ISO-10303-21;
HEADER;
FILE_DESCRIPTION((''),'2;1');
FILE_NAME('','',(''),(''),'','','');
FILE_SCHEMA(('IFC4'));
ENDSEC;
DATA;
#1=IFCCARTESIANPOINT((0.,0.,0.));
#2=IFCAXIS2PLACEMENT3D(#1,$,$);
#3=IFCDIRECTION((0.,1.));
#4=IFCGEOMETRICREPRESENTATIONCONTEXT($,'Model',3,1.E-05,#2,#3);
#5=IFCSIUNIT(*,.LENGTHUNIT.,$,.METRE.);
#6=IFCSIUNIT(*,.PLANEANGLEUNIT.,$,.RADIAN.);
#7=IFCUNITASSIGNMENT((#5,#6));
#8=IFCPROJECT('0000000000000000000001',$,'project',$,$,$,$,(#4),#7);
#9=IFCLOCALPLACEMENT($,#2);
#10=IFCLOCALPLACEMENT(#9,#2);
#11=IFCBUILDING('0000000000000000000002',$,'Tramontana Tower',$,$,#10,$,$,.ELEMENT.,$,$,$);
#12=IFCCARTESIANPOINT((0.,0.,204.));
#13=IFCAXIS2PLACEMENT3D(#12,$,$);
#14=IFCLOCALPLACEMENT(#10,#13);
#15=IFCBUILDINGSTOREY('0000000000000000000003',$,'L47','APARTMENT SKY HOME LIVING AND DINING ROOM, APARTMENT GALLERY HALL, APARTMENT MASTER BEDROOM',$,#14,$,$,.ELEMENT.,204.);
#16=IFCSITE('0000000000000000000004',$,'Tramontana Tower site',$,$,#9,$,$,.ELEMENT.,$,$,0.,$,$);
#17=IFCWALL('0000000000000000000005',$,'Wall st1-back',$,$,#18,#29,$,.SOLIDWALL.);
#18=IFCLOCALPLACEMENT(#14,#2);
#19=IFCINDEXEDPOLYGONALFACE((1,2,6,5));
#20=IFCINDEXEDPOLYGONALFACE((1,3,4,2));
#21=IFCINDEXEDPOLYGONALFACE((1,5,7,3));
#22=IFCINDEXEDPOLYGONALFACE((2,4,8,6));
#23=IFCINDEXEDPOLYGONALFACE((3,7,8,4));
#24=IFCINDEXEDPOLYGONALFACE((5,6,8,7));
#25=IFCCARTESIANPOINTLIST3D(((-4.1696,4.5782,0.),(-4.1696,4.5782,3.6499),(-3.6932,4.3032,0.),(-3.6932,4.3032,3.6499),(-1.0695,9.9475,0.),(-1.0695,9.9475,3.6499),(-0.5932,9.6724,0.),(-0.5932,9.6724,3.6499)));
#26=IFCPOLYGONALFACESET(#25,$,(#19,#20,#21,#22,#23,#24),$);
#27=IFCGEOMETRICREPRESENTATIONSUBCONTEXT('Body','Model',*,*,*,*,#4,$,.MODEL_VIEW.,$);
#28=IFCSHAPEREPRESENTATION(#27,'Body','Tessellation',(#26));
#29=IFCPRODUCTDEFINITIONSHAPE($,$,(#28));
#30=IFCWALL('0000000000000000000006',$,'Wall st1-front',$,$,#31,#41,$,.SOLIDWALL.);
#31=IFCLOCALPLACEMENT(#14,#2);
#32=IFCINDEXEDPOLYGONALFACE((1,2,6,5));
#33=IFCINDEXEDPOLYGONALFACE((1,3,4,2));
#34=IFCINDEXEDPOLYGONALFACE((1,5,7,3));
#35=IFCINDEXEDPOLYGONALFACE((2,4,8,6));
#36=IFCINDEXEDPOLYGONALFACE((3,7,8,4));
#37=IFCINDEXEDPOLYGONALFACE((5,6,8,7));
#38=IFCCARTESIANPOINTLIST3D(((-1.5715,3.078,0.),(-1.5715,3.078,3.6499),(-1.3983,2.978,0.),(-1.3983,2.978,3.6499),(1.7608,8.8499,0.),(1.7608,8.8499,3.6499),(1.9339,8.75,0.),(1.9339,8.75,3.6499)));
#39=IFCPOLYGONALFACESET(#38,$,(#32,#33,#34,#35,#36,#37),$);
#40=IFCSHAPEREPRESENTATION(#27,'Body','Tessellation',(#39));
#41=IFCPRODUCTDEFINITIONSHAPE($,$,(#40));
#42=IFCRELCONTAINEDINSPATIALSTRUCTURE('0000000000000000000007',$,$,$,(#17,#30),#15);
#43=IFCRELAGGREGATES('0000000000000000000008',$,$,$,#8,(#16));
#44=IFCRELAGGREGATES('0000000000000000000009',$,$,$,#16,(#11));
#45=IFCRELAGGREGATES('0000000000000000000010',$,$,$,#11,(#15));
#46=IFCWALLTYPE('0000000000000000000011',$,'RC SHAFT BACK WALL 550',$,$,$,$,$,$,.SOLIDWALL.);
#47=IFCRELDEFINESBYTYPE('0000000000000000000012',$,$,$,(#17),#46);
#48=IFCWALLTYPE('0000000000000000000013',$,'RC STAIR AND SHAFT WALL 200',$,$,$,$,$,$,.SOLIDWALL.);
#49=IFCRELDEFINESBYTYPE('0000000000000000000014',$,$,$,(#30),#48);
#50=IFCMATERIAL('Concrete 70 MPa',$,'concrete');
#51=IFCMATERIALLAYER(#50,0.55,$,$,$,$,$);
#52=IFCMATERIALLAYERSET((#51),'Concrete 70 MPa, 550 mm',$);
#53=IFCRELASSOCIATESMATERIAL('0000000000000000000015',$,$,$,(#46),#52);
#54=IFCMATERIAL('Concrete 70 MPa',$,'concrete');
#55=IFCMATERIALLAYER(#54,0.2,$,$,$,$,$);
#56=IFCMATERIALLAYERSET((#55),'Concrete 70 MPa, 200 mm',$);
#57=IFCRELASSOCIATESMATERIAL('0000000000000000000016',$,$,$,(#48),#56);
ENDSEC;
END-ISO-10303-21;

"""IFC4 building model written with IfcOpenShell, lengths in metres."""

from ifc_helpers import new_model, si_unit, direction, frame, frame_2d, origin, place, context, subcontext, project, spatial, rectangle, extrude, material, layer, layer_set, type_object, element, save


model = new_model("IFC4")

# Units and contexts
model_context = context("Model", 3, precision=1e-05, world=origin(), true_north=direction((0.0, 1.0)))
body_context = subcontext(model_context, "Body", "Model", "MODEL_VIEW")
ifc_project = project(units=[si_unit("LENGTHUNIT", "METRE"), si_unit("PLANEANGLEUNIT", "RADIAN")], contexts=[model_context])

# Site, building, storey
site_placement = place(None, origin())
site = spatial("IfcSite", under=ifc_project, at=site_placement, Name="Tramontana Tower site", CompositionType="ELEMENT", RefElevation=0.0)
building_placement = place(site_placement, origin())
building = spatial("IfcBuilding", under=site, at=building_placement, Name="Tramontana Tower", CompositionType="ELEMENT")
storey_placement = place(building_placement, frame((0.0, 0.0, 204.0)))
storey = spatial("IfcBuildingStorey", under=building, at=storey_placement, Name="L47", Description="APARTMENT SKY HOME LIVING AND DINING ROOM, APARTMENT GALLERY HALL, APARTMENT MASTER BEDROOM", CompositionType="ELEMENT", Elevation=204.0)

# Walls
ifc_material_1 = material(Name="Concrete 70 MPa", Category="concrete")
ifc_layer_1 = layer(ifc_material_1, 0.55)
ifc_layer_set_1 = layer_set([ifc_layer_1], Name="Concrete 70 MPa, 550 mm")
wall_type_1 = type_object("IfcWallType", Name="RC SHAFT BACK WALL 550", PredefinedType="SOLIDWALL", material=ifc_layer_set_1)
wall_1_placement = place(storey_placement, frame((-0.8313, 9.8101, 0.0), z_axis=(0.0, 0.0, 1.0), x_axis=(-0.50001, -0.86602, 0.0)))
element("IfcWall", 1, at=wall_1_placement, inside=storey, type_object=wall_type_1, Name="Wall st1-back", PredefinedType="SOLIDWALL", context=body_context, shape_type="SweptSolid", body=[
    extrude(rectangle(XDim=6.2, YDim=0.55, at=frame_2d((3.1001, 0.0))), origin(), (0.0, 0.0, 1.0), 3.6499),
])
ifc_material_2 = material(Name="Concrete 70 MPa", Category="concrete")
ifc_layer_2 = layer(ifc_material_2, 0.2)
ifc_layer_set_2 = layer_set([ifc_layer_2], Name="Concrete 70 MPa, 200 mm")
wall_type_2 = type_object("IfcWallType", Name="RC STAIR AND SHAFT WALL 200", PredefinedType="SOLIDWALL", material=ifc_layer_set_2)
wall_2_placement = place(storey_placement, frame((1.8474, 8.8, 0.0), z_axis=(0.0, 0.0, 1.0), x_axis=(-0.49998, -0.866037, 0.0)))
element("IfcWall", 2, at=wall_2_placement, inside=storey, type_object=wall_type_2, Name="Wall st1-front", PredefinedType="SOLIDWALL", context=body_context, shape_type="SweptSolid", body=[
    extrude(rectangle(XDim=6.6648, YDim=0.2, at=frame_2d((3.3325, 0.0))), origin(), (0.0, 0.0, 1.0), 3.6499),
])

save(model, "model.ifc")
